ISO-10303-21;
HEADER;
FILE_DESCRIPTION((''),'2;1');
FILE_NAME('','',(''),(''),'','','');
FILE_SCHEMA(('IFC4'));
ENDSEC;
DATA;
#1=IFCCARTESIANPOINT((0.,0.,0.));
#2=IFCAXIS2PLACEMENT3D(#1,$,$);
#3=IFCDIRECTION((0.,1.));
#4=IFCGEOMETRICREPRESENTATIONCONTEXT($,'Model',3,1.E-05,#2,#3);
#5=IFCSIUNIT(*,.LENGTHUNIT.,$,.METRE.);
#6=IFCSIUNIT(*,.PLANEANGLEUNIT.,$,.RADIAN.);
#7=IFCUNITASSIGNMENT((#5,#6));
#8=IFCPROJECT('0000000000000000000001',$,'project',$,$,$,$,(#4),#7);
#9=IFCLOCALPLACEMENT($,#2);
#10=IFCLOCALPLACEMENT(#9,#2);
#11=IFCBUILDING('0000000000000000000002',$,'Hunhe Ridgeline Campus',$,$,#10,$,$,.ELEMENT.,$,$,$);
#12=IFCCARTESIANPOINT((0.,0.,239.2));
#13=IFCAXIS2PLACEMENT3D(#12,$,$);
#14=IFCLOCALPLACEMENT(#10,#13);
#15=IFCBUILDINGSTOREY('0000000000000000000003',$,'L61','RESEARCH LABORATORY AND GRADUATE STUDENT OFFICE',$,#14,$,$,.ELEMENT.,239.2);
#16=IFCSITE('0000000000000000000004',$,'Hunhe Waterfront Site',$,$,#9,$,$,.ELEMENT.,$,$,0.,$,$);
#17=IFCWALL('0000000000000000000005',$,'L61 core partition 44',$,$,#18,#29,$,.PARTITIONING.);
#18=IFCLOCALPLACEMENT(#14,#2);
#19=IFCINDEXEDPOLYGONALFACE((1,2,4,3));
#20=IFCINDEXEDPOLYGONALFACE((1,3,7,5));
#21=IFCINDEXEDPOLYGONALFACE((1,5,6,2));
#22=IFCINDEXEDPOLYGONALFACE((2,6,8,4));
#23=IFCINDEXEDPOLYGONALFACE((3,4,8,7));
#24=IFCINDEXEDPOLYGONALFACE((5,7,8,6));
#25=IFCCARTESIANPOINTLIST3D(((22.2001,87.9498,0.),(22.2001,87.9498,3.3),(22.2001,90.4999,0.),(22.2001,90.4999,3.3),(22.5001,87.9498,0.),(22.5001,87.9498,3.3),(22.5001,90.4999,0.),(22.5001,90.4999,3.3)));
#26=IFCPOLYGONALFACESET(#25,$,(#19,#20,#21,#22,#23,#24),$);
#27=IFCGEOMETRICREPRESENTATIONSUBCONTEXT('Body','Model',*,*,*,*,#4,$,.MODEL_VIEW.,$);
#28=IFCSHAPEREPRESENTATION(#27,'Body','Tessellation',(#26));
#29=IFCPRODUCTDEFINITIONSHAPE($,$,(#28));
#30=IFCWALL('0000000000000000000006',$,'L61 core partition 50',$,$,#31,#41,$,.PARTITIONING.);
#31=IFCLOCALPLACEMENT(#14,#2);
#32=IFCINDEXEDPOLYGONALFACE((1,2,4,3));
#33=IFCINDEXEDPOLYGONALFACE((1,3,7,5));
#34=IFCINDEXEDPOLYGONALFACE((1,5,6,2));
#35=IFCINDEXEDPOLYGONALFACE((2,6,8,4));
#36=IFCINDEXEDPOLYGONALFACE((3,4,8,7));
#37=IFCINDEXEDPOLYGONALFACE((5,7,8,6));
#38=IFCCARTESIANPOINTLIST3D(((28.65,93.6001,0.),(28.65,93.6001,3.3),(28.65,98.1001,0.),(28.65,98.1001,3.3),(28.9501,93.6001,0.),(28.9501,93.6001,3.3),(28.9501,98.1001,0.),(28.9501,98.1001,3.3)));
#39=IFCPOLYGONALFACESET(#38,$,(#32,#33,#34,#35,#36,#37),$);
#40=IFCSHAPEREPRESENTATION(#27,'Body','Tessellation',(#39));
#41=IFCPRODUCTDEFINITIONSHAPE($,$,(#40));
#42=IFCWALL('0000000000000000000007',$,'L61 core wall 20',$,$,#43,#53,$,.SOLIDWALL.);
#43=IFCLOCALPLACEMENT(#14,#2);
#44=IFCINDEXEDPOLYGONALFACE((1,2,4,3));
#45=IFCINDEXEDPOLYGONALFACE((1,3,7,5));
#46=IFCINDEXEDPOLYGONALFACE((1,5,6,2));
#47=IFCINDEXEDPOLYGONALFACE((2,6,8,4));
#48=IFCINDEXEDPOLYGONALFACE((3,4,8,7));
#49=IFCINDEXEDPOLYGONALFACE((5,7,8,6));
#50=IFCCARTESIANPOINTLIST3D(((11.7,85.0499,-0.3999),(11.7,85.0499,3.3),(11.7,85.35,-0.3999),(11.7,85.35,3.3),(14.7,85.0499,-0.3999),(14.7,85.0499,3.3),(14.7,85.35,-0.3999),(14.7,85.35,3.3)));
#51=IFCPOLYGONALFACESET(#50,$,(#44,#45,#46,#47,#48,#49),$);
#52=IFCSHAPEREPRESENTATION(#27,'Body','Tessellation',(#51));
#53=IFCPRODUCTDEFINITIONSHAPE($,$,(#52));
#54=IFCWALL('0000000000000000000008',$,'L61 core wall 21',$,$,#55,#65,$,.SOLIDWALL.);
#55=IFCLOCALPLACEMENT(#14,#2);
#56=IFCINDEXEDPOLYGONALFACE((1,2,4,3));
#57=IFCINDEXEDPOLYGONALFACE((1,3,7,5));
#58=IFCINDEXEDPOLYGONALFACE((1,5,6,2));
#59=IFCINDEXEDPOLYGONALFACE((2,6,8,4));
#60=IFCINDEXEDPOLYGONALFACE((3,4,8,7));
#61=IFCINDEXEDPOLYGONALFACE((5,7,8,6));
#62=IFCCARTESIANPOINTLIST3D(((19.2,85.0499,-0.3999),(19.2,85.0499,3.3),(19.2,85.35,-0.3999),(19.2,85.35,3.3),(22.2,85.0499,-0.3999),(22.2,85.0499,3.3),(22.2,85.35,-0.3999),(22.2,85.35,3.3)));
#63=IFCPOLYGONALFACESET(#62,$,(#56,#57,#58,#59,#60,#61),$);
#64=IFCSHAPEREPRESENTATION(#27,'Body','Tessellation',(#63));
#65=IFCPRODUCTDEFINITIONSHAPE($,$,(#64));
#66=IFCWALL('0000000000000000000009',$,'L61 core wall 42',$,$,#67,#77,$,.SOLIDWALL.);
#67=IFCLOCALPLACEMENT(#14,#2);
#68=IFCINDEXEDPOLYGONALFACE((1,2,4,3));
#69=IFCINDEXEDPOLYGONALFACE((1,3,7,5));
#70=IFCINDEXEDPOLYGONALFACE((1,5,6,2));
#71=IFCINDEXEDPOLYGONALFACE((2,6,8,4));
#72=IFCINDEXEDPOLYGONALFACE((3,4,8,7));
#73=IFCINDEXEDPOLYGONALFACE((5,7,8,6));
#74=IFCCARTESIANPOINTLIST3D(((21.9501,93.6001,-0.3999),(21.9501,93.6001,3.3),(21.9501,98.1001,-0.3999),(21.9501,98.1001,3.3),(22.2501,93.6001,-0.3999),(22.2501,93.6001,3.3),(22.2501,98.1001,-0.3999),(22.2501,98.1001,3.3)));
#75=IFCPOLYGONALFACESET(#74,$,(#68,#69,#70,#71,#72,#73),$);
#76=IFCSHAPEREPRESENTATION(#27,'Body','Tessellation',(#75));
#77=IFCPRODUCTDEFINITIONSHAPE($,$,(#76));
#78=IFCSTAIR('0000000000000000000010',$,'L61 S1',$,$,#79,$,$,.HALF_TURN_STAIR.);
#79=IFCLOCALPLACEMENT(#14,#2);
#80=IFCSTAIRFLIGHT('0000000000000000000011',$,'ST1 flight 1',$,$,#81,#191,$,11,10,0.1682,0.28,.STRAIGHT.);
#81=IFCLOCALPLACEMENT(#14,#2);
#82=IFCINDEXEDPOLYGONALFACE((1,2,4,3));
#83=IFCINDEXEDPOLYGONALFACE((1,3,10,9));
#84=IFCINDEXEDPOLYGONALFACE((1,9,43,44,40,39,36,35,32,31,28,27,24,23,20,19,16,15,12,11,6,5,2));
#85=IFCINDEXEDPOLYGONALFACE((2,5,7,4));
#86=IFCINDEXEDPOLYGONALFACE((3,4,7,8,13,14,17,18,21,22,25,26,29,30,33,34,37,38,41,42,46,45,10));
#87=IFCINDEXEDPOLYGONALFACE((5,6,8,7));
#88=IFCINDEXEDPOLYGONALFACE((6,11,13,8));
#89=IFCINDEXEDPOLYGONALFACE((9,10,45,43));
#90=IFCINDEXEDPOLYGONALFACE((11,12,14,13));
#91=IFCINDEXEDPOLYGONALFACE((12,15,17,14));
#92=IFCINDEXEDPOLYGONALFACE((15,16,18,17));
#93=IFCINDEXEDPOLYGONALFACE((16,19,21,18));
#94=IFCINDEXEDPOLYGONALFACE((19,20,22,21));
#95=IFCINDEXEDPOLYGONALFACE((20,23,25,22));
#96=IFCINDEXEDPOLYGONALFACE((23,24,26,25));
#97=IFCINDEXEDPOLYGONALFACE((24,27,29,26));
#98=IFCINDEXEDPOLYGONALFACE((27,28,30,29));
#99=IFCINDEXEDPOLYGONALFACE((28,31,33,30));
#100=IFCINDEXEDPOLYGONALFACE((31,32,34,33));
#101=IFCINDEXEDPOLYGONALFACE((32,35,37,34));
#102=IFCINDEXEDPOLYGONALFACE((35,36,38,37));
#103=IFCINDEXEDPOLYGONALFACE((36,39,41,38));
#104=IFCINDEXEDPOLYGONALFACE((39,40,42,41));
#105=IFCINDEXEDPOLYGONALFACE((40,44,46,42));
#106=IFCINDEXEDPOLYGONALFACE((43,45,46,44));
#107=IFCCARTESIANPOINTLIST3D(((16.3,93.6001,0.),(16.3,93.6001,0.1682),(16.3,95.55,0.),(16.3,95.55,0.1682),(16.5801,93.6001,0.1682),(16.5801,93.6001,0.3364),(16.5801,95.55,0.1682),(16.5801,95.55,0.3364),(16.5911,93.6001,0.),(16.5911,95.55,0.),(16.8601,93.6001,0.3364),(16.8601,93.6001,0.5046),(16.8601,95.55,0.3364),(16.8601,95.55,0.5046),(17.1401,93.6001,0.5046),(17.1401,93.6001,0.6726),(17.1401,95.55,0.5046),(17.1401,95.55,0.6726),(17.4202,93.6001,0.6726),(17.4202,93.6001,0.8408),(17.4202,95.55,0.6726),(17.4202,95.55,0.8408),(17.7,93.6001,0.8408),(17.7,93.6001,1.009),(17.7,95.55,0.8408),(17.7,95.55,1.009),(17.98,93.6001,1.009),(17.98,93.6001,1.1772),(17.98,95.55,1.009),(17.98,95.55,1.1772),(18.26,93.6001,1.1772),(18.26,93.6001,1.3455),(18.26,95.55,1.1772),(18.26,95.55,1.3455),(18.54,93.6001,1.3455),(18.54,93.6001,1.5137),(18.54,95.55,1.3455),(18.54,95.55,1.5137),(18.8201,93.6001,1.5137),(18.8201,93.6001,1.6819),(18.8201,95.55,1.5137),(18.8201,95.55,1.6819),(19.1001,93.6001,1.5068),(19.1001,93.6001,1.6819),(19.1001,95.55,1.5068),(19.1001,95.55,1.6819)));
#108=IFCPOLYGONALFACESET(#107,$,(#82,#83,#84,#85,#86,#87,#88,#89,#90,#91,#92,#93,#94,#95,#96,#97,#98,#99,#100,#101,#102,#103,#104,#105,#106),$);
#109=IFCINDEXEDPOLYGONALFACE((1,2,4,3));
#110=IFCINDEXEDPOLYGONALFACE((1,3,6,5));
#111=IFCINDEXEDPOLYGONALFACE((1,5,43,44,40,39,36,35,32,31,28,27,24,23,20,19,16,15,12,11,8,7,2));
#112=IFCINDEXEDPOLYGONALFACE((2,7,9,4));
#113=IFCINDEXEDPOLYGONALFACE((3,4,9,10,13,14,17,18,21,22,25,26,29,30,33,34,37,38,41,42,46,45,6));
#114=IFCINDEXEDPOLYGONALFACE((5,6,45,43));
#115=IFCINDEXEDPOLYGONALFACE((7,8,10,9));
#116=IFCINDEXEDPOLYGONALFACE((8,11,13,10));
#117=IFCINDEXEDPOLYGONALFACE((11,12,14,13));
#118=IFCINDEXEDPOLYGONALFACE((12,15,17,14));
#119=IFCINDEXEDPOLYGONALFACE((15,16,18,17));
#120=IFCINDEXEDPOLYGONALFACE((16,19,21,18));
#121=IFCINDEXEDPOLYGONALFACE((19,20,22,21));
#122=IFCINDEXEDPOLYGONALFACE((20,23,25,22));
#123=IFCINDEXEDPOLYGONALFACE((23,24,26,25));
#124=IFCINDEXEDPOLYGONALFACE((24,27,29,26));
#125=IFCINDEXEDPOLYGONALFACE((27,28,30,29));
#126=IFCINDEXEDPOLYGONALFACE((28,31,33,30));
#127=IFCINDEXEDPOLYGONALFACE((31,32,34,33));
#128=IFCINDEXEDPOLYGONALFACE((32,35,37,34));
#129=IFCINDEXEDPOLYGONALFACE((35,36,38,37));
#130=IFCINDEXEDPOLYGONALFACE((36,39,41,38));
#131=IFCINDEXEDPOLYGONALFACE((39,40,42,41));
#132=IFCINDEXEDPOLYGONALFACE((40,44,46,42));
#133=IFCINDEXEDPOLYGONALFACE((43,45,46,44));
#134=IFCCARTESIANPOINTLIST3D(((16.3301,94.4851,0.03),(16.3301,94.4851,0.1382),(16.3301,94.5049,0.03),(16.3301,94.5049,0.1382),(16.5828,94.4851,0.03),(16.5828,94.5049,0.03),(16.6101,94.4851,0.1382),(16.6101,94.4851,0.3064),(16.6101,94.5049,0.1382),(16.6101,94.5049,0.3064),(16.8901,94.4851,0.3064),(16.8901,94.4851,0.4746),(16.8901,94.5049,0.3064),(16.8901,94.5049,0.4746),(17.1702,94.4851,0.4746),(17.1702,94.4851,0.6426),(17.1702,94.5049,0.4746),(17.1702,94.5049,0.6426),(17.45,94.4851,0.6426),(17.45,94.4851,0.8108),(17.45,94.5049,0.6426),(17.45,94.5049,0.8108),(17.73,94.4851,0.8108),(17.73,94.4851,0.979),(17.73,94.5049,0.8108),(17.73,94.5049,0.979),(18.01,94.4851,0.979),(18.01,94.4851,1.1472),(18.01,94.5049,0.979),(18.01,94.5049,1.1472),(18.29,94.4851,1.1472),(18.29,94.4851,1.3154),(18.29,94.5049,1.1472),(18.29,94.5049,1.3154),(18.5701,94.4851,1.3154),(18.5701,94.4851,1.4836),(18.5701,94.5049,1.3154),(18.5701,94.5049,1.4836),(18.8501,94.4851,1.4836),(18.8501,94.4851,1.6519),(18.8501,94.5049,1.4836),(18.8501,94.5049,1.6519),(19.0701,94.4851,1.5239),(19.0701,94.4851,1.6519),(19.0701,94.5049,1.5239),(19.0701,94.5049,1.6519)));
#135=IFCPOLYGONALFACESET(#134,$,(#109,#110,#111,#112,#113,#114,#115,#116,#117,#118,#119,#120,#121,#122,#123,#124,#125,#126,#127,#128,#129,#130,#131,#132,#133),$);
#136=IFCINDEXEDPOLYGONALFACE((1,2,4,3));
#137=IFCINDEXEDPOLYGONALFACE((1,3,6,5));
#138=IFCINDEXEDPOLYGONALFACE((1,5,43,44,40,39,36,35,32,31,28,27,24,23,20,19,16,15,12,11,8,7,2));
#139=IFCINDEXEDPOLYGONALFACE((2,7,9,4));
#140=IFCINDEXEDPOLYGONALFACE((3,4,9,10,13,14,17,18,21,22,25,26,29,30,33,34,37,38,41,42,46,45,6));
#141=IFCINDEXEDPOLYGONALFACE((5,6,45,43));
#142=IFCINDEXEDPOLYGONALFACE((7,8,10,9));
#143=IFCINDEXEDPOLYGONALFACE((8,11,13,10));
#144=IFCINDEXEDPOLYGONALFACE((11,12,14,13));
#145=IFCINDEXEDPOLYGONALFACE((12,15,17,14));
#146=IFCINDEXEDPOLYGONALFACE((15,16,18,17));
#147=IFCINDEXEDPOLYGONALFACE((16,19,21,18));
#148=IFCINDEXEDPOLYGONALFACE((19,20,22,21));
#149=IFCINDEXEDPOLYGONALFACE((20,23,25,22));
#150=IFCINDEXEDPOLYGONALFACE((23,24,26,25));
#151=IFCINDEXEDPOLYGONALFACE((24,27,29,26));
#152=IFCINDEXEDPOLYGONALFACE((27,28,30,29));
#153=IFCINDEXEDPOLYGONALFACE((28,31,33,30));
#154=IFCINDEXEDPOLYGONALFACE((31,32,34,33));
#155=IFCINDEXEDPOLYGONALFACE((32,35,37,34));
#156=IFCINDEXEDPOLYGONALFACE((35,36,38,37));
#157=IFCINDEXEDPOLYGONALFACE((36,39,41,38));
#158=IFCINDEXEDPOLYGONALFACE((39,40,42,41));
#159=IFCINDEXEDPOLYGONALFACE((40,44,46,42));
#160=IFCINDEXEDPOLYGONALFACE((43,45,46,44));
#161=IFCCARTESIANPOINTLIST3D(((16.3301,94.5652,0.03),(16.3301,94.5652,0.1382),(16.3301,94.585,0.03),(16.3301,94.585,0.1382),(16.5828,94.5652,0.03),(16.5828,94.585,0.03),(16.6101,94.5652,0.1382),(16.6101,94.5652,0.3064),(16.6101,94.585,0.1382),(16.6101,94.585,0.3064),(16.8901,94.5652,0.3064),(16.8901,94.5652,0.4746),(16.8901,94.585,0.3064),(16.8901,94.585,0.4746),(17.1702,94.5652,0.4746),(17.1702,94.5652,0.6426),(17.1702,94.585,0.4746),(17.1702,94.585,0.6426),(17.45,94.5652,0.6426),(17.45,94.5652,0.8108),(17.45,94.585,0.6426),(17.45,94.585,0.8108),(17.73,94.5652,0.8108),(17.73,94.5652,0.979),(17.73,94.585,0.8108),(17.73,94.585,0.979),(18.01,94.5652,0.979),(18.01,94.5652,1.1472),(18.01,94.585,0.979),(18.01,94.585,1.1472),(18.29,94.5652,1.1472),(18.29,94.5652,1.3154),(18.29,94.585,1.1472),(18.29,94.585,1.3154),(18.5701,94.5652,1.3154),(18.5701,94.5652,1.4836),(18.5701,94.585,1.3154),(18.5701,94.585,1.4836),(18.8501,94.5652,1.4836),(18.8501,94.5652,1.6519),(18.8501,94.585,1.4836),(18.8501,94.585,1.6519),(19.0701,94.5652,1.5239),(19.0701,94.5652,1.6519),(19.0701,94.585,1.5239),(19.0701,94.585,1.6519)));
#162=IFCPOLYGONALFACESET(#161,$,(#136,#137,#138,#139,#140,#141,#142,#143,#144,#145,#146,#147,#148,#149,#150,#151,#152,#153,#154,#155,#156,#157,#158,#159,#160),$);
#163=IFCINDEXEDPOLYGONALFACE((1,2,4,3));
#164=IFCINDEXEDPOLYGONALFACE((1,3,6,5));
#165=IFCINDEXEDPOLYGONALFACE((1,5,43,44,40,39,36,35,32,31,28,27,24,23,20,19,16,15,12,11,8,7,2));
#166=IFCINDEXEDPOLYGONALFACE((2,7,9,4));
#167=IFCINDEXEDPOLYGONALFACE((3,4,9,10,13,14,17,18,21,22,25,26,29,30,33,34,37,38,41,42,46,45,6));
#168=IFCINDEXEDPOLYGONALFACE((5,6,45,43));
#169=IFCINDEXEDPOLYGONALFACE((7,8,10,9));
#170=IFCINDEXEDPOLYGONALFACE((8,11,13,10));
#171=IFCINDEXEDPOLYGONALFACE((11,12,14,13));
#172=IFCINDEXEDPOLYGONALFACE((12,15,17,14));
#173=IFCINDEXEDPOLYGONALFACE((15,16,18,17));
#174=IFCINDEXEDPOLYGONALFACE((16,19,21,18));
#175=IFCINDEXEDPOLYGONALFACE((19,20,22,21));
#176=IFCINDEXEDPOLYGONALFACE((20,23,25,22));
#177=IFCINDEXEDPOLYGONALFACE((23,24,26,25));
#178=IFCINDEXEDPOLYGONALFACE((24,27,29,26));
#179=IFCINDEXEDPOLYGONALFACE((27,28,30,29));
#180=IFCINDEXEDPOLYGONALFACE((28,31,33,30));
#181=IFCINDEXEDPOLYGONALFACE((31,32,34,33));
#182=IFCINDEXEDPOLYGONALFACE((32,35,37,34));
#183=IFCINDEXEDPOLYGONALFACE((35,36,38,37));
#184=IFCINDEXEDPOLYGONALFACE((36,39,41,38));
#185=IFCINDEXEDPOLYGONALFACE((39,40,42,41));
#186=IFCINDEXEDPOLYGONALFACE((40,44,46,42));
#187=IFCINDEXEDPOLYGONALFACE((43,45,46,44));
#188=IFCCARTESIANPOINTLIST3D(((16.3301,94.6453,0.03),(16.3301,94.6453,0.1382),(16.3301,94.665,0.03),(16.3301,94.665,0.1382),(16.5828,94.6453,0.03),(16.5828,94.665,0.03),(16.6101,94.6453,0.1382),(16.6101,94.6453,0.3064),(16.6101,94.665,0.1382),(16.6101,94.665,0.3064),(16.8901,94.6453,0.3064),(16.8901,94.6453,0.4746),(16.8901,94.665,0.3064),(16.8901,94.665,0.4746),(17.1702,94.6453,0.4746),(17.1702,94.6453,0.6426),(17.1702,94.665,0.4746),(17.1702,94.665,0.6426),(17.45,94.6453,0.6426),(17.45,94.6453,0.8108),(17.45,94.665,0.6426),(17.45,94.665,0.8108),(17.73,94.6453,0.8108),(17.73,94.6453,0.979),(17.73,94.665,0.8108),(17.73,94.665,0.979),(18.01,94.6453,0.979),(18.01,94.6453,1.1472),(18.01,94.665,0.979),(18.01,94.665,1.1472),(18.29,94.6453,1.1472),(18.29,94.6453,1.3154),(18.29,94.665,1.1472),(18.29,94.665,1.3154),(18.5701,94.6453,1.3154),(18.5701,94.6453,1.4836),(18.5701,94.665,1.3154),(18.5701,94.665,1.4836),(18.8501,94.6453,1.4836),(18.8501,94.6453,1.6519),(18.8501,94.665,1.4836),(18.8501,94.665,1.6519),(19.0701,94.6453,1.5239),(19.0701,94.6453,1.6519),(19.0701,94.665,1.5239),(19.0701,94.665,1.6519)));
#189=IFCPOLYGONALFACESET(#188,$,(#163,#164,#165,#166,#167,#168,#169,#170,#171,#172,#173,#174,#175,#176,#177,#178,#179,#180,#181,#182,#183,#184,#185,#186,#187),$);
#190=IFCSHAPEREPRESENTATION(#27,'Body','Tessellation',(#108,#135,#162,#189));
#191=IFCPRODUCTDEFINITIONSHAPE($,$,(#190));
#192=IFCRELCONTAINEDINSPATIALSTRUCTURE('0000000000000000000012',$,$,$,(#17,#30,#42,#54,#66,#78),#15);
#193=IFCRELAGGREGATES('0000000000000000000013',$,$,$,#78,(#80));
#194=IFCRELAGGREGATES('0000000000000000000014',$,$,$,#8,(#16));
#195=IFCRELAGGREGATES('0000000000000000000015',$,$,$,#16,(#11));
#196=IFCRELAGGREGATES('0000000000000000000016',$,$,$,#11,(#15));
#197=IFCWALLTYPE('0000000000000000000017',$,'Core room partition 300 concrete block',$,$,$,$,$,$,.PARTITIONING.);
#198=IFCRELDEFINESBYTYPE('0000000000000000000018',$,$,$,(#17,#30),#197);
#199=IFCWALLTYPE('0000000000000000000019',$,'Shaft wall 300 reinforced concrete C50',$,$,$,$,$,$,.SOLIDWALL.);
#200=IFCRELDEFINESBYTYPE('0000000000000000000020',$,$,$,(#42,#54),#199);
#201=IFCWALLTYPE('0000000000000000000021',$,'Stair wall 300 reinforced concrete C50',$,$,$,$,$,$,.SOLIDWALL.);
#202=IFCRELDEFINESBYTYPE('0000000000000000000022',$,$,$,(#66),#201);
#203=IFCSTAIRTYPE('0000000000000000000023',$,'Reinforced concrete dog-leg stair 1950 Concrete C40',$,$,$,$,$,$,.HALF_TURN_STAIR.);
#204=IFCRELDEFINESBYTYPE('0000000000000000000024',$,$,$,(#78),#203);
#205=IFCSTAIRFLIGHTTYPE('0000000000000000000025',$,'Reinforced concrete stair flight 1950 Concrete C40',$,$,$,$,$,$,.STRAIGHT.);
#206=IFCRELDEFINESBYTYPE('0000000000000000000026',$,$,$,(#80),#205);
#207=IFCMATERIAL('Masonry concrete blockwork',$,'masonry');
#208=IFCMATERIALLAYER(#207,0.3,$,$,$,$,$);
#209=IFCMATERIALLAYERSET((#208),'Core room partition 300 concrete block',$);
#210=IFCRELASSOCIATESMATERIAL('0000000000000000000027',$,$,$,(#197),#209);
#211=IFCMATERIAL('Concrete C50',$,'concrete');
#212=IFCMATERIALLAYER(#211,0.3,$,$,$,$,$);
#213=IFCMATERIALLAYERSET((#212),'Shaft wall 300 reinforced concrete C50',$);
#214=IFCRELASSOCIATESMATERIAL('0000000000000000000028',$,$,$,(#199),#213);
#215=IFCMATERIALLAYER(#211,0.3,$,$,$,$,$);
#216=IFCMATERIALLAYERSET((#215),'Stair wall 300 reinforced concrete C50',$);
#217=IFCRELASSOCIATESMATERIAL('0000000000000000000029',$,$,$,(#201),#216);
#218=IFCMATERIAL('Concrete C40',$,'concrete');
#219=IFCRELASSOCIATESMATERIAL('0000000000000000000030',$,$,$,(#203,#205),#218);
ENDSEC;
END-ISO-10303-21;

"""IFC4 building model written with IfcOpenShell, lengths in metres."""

from ifc_helpers import new_model, si_unit, direction, frame, frame_2d, origin, place, context, subcontext, project, spatial, polyline, rectangle, outline, extrude, material, layer, layer_set, type_object, element, aggregate, save


model = new_model("IFC4")

# Units and contexts
model_context = context("Model", 3, precision=1e-05, world=origin(), true_north=direction((0.0, 1.0)))
body_context = subcontext(model_context, "Body", "Model", "MODEL_VIEW")
ifc_project = project(units=[si_unit("LENGTHUNIT", "METRE"), si_unit("PLANEANGLEUNIT", "RADIAN")], contexts=[model_context])

# Site, building, storey
site_placement = place(None, origin())
site = spatial("IfcSite", under=ifc_project, at=site_placement, Name="Hunhe Waterfront Site", CompositionType="ELEMENT", RefElevation=0.0)
building_placement = place(site_placement, origin())
building = spatial("IfcBuilding", under=site, at=building_placement, Name="Hunhe Ridgeline Campus", CompositionType="ELEMENT")
storey_placement = place(building_placement, frame((0.0, 0.0, 239.2)))
storey = spatial("IfcBuildingStorey", under=building, at=storey_placement, Name="L61", Description="RESEARCH LABORATORY AND GRADUATE STUDENT OFFICE", CompositionType="ELEMENT", Elevation=239.2)

# Walls
ifc_material_1 = material(Name="Masonry concrete blockwork", Category="masonry")
ifc_layer_1 = layer(ifc_material_1, 0.3)
ifc_layer_set_1 = layer_set([ifc_layer_1], Name="Core room partition 300 concrete block")
wall_type_1 = type_object("IfcWallType", Name="Core room partition 300 concrete block", PredefinedType="PARTITIONING", material=ifc_layer_set_1)
wall_1_placement = place(storey_placement, frame((22.3501, 87.95, 0.0), z_axis=(0.0, 0.0, 1.0), x_axis=(0.0, 1.0, 0.0)))
element("IfcWall", 1, at=wall_1_placement, inside=storey, type_object=wall_type_1, Name="L61 core partition 44", PredefinedType="PARTITIONING", context=body_context, shape_type="SweptSolid", body=[
    extrude(rectangle(XDim=2.55, YDim=0.3, at=frame_2d((1.2749, 0.0))), origin(), (0.0, 0.0, 1.0), 3.3),
])
wall_2_placement = place(storey_placement, frame((28.8, 93.6001, 0.0), z_axis=(0.0, 0.0, 1.0), x_axis=(0.0, 1.0, 0.0)))
element("IfcWall", 2, at=wall_2_placement, inside=storey, type_object=wall_type_1, Name="L61 core partition 50", PredefinedType="PARTITIONING", context=body_context, shape_type="SweptSolid", body=[
    extrude(rectangle(XDim=4.5, YDim=0.3, at=frame_2d((2.25, 0.0))), origin(), (0.0, 0.0, 1.0), 3.3),
])
ifc_material_2 = material(Name="Concrete C50", Category="concrete")
ifc_layer_2 = layer(ifc_material_2, 0.3)
ifc_layer_set_2 = layer_set([ifc_layer_2], Name="Shaft wall 300 reinforced concrete C50")
wall_type_2 = type_object("IfcWallType", Name="Shaft wall 300 reinforced concrete C50", PredefinedType="SOLIDWALL", material=ifc_layer_set_2)
for number, where, z_axis, x_axis, name in (
    (3, (11.7, 85.2, -0.3999), (0.0, 0.0, 1.0), (1.0, 0.0, 0.0), "L61 core wall 20"),
    (4, (19.2, 85.2, -0.3999), (0.0, 0.0, 1.0), (1.0, 0.0, 0.0), "L61 core wall 21"),
):
    element("IfcWall", number, at=place(storey_placement, frame(where, z_axis=z_axis, x_axis=x_axis)), inside=storey, type_object=wall_type_2, Name=name, PredefinedType="SOLIDWALL", context=body_context, shape_type="SweptSolid", body=[
        extrude(rectangle(XDim=3.0, YDim=0.3, at=frame_2d((1.5, 0.0))), origin(), (0.0, 0.0, 1.0), 3.7),
    ])

# Shared definitions
ifc_layer_3 = layer(ifc_material_2, 0.3)
ifc_layer_set_3 = layer_set([ifc_layer_3], Name="Stair wall 300 reinforced concrete C50")
wall_type_3 = type_object("IfcWallType", Name="Stair wall 300 reinforced concrete C50", PredefinedType="SOLIDWALL", material=ifc_layer_set_3)

# Wall
wall_3_placement = place(storey_placement, frame((22.1001, 93.6001, -0.3999), z_axis=(0.0, 0.0, 1.0), x_axis=(0.0, 1.0, 0.0)))
element("IfcWall", 5, at=wall_3_placement, inside=storey, type_object=wall_type_3, Name="L61 core wall 42", PredefinedType="SOLIDWALL", context=body_context, shape_type="SweptSolid", body=[
    extrude(rectangle(XDim=4.5, YDim=0.3, at=frame_2d((2.25, 0.0))), origin(), (0.0, 0.0, 1.0), 3.7),
])

# Stair, stair flight
ifc_material_3 = material(Name="Concrete C40", Category="concrete")
stair_type = type_object("IfcStairType", Name="Reinforced concrete dog-leg stair 1950 Concrete C40", PredefinedType="HALF_TURN_STAIR", material=ifc_material_3)
stair_placement = place(storey_placement, origin())
stair = element("IfcStair", 6, at=stair_placement, inside=storey, type_object=stair_type, Name="L61 S1", PredefinedType="HALF_TURN_STAIR")
stair_flight_type = type_object("IfcStairFlightType", Name="Reinforced concrete stair flight 1950 Concrete C40", PredefinedType="STRAIGHT", material=ifc_material_3)
stair_flight_1_placement = place(storey_placement, frame((16.3, 94.575, 0.0), z_axis=(0.0, 0.0, 1.0), x_axis=(1.0, 0.0, 0.0)))
stair_flight_1 = element("IfcStairFlight", 7, at=stair_flight_1_placement, type_object=stair_flight_type, Name="ST1 flight 1", NumberOfRisers=11, NumberOfTreads=10, PredefinedType="STRAIGHT", RiserHeight=0.1682, TreadLength=0.28, context=body_context, shape_type="SweptSolid", body=[
    extrude(outline(polyline([(0.0, 0.0), (0.0, 0.1682), (0.28, 0.1682), (0.28, 0.3364), (0.5601, 0.3364), (0.5601, 0.5046), (0.8401, 0.5046), (0.8401, 0.6726), (1.1201, 0.6726), (1.1201, 0.8408), (1.3999, 0.8408), (1.3999, 1.009), (1.6799, 1.009), (1.6799, 1.1772), (1.96, 1.1772), (1.96, 1.3455), (2.24, 1.3455), (2.24, 1.5137), (2.52, 1.5137), (2.52, 1.6819), (2.8, 1.6819), (2.8, 1.8501), (2.8, 1.5068), (0.291, 0.0), (0.0, 0.0)])), frame((0.0, 0.9751, 0.0), z_axis=(0.0, -1.0, 0.0), x_axis=(1.0, 0.0, 0.0)), (0.0, 0.0, 1.0), 1.95),
    extrude(outline(polyline([(0.03, 0.03), (0.03, 0.1382), (0.3101, 0.1382), (0.3101, 0.3064), (0.5901, 0.3064), (0.5901, 0.4746), (0.8701, 0.4746), (0.8701, 0.6426), (1.1499, 0.6426), (1.1499, 0.8108), (1.4299, 0.8108), (1.4299, 0.979), (1.71, 0.979), (1.71, 1.1472), (1.99, 1.1472), (1.99, 1.3154), (2.27, 1.3154), (2.27, 1.4836), (2.55, 1.4836), (2.55, 1.6519), (2.77, 1.6519), (2.77, 1.5239), (0.2827, 0.03), (0.03, 0.03)])), frame((0.0, -0.0701, 0.0), z_axis=(0.0, -1.0, 0.0), x_axis=(1.0, 0.0, 0.0)), (0.0, 0.0, 1.0), 0.0198),
    extrude(outline(polyline([(0.03, 0.03), (0.03, 0.1382), (0.3101, 0.1382), (0.3101, 0.3064), (0.5901, 0.3064), (0.5901, 0.4746), (0.8701, 0.4746), (0.8701, 0.6426), (1.1499, 0.6426), (1.1499, 0.8108), (1.4299, 0.8108), (1.4299, 0.979), (1.71, 0.979), (1.71, 1.1472), (1.99, 1.1472), (1.99, 1.3154), (2.27, 1.3154), (2.27, 1.4836), (2.55, 1.4836), (2.55, 1.6519), (2.77, 1.6519), (2.77, 1.5239), (0.2827, 0.03), (0.03, 0.03)])), frame((0.0, 0.01, 0.0), z_axis=(0.0, -1.0, 0.0), x_axis=(1.0, 0.0, 0.0)), (0.0, 0.0, 1.0), 0.0198),
    extrude(outline(polyline([(0.03, 0.03), (0.03, 0.1382), (0.3101, 0.1382), (0.3101, 0.3064), (0.5901, 0.3064), (0.5901, 0.4746), (0.8701, 0.4746), (0.8701, 0.6426), (1.1499, 0.6426), (1.1499, 0.8108), (1.4299, 0.8108), (1.4299, 0.979), (1.71, 0.979), (1.71, 1.1472), (1.99, 1.1472), (1.99, 1.3154), (2.27, 1.3154), (2.27, 1.4836), (2.55, 1.4836), (2.55, 1.6519), (2.77, 1.6519), (2.77, 1.5239), (0.2827, 0.03), (0.03, 0.03)])), frame((0.0, 0.0901, 0.0), z_axis=(0.0, -1.0, 0.0), x_axis=(1.0, 0.0, 0.0)), (0.0, 0.0, 1.0), 0.0198),
])
aggregate(stair, [stair_flight_1])

save(model, "model.ifc")
